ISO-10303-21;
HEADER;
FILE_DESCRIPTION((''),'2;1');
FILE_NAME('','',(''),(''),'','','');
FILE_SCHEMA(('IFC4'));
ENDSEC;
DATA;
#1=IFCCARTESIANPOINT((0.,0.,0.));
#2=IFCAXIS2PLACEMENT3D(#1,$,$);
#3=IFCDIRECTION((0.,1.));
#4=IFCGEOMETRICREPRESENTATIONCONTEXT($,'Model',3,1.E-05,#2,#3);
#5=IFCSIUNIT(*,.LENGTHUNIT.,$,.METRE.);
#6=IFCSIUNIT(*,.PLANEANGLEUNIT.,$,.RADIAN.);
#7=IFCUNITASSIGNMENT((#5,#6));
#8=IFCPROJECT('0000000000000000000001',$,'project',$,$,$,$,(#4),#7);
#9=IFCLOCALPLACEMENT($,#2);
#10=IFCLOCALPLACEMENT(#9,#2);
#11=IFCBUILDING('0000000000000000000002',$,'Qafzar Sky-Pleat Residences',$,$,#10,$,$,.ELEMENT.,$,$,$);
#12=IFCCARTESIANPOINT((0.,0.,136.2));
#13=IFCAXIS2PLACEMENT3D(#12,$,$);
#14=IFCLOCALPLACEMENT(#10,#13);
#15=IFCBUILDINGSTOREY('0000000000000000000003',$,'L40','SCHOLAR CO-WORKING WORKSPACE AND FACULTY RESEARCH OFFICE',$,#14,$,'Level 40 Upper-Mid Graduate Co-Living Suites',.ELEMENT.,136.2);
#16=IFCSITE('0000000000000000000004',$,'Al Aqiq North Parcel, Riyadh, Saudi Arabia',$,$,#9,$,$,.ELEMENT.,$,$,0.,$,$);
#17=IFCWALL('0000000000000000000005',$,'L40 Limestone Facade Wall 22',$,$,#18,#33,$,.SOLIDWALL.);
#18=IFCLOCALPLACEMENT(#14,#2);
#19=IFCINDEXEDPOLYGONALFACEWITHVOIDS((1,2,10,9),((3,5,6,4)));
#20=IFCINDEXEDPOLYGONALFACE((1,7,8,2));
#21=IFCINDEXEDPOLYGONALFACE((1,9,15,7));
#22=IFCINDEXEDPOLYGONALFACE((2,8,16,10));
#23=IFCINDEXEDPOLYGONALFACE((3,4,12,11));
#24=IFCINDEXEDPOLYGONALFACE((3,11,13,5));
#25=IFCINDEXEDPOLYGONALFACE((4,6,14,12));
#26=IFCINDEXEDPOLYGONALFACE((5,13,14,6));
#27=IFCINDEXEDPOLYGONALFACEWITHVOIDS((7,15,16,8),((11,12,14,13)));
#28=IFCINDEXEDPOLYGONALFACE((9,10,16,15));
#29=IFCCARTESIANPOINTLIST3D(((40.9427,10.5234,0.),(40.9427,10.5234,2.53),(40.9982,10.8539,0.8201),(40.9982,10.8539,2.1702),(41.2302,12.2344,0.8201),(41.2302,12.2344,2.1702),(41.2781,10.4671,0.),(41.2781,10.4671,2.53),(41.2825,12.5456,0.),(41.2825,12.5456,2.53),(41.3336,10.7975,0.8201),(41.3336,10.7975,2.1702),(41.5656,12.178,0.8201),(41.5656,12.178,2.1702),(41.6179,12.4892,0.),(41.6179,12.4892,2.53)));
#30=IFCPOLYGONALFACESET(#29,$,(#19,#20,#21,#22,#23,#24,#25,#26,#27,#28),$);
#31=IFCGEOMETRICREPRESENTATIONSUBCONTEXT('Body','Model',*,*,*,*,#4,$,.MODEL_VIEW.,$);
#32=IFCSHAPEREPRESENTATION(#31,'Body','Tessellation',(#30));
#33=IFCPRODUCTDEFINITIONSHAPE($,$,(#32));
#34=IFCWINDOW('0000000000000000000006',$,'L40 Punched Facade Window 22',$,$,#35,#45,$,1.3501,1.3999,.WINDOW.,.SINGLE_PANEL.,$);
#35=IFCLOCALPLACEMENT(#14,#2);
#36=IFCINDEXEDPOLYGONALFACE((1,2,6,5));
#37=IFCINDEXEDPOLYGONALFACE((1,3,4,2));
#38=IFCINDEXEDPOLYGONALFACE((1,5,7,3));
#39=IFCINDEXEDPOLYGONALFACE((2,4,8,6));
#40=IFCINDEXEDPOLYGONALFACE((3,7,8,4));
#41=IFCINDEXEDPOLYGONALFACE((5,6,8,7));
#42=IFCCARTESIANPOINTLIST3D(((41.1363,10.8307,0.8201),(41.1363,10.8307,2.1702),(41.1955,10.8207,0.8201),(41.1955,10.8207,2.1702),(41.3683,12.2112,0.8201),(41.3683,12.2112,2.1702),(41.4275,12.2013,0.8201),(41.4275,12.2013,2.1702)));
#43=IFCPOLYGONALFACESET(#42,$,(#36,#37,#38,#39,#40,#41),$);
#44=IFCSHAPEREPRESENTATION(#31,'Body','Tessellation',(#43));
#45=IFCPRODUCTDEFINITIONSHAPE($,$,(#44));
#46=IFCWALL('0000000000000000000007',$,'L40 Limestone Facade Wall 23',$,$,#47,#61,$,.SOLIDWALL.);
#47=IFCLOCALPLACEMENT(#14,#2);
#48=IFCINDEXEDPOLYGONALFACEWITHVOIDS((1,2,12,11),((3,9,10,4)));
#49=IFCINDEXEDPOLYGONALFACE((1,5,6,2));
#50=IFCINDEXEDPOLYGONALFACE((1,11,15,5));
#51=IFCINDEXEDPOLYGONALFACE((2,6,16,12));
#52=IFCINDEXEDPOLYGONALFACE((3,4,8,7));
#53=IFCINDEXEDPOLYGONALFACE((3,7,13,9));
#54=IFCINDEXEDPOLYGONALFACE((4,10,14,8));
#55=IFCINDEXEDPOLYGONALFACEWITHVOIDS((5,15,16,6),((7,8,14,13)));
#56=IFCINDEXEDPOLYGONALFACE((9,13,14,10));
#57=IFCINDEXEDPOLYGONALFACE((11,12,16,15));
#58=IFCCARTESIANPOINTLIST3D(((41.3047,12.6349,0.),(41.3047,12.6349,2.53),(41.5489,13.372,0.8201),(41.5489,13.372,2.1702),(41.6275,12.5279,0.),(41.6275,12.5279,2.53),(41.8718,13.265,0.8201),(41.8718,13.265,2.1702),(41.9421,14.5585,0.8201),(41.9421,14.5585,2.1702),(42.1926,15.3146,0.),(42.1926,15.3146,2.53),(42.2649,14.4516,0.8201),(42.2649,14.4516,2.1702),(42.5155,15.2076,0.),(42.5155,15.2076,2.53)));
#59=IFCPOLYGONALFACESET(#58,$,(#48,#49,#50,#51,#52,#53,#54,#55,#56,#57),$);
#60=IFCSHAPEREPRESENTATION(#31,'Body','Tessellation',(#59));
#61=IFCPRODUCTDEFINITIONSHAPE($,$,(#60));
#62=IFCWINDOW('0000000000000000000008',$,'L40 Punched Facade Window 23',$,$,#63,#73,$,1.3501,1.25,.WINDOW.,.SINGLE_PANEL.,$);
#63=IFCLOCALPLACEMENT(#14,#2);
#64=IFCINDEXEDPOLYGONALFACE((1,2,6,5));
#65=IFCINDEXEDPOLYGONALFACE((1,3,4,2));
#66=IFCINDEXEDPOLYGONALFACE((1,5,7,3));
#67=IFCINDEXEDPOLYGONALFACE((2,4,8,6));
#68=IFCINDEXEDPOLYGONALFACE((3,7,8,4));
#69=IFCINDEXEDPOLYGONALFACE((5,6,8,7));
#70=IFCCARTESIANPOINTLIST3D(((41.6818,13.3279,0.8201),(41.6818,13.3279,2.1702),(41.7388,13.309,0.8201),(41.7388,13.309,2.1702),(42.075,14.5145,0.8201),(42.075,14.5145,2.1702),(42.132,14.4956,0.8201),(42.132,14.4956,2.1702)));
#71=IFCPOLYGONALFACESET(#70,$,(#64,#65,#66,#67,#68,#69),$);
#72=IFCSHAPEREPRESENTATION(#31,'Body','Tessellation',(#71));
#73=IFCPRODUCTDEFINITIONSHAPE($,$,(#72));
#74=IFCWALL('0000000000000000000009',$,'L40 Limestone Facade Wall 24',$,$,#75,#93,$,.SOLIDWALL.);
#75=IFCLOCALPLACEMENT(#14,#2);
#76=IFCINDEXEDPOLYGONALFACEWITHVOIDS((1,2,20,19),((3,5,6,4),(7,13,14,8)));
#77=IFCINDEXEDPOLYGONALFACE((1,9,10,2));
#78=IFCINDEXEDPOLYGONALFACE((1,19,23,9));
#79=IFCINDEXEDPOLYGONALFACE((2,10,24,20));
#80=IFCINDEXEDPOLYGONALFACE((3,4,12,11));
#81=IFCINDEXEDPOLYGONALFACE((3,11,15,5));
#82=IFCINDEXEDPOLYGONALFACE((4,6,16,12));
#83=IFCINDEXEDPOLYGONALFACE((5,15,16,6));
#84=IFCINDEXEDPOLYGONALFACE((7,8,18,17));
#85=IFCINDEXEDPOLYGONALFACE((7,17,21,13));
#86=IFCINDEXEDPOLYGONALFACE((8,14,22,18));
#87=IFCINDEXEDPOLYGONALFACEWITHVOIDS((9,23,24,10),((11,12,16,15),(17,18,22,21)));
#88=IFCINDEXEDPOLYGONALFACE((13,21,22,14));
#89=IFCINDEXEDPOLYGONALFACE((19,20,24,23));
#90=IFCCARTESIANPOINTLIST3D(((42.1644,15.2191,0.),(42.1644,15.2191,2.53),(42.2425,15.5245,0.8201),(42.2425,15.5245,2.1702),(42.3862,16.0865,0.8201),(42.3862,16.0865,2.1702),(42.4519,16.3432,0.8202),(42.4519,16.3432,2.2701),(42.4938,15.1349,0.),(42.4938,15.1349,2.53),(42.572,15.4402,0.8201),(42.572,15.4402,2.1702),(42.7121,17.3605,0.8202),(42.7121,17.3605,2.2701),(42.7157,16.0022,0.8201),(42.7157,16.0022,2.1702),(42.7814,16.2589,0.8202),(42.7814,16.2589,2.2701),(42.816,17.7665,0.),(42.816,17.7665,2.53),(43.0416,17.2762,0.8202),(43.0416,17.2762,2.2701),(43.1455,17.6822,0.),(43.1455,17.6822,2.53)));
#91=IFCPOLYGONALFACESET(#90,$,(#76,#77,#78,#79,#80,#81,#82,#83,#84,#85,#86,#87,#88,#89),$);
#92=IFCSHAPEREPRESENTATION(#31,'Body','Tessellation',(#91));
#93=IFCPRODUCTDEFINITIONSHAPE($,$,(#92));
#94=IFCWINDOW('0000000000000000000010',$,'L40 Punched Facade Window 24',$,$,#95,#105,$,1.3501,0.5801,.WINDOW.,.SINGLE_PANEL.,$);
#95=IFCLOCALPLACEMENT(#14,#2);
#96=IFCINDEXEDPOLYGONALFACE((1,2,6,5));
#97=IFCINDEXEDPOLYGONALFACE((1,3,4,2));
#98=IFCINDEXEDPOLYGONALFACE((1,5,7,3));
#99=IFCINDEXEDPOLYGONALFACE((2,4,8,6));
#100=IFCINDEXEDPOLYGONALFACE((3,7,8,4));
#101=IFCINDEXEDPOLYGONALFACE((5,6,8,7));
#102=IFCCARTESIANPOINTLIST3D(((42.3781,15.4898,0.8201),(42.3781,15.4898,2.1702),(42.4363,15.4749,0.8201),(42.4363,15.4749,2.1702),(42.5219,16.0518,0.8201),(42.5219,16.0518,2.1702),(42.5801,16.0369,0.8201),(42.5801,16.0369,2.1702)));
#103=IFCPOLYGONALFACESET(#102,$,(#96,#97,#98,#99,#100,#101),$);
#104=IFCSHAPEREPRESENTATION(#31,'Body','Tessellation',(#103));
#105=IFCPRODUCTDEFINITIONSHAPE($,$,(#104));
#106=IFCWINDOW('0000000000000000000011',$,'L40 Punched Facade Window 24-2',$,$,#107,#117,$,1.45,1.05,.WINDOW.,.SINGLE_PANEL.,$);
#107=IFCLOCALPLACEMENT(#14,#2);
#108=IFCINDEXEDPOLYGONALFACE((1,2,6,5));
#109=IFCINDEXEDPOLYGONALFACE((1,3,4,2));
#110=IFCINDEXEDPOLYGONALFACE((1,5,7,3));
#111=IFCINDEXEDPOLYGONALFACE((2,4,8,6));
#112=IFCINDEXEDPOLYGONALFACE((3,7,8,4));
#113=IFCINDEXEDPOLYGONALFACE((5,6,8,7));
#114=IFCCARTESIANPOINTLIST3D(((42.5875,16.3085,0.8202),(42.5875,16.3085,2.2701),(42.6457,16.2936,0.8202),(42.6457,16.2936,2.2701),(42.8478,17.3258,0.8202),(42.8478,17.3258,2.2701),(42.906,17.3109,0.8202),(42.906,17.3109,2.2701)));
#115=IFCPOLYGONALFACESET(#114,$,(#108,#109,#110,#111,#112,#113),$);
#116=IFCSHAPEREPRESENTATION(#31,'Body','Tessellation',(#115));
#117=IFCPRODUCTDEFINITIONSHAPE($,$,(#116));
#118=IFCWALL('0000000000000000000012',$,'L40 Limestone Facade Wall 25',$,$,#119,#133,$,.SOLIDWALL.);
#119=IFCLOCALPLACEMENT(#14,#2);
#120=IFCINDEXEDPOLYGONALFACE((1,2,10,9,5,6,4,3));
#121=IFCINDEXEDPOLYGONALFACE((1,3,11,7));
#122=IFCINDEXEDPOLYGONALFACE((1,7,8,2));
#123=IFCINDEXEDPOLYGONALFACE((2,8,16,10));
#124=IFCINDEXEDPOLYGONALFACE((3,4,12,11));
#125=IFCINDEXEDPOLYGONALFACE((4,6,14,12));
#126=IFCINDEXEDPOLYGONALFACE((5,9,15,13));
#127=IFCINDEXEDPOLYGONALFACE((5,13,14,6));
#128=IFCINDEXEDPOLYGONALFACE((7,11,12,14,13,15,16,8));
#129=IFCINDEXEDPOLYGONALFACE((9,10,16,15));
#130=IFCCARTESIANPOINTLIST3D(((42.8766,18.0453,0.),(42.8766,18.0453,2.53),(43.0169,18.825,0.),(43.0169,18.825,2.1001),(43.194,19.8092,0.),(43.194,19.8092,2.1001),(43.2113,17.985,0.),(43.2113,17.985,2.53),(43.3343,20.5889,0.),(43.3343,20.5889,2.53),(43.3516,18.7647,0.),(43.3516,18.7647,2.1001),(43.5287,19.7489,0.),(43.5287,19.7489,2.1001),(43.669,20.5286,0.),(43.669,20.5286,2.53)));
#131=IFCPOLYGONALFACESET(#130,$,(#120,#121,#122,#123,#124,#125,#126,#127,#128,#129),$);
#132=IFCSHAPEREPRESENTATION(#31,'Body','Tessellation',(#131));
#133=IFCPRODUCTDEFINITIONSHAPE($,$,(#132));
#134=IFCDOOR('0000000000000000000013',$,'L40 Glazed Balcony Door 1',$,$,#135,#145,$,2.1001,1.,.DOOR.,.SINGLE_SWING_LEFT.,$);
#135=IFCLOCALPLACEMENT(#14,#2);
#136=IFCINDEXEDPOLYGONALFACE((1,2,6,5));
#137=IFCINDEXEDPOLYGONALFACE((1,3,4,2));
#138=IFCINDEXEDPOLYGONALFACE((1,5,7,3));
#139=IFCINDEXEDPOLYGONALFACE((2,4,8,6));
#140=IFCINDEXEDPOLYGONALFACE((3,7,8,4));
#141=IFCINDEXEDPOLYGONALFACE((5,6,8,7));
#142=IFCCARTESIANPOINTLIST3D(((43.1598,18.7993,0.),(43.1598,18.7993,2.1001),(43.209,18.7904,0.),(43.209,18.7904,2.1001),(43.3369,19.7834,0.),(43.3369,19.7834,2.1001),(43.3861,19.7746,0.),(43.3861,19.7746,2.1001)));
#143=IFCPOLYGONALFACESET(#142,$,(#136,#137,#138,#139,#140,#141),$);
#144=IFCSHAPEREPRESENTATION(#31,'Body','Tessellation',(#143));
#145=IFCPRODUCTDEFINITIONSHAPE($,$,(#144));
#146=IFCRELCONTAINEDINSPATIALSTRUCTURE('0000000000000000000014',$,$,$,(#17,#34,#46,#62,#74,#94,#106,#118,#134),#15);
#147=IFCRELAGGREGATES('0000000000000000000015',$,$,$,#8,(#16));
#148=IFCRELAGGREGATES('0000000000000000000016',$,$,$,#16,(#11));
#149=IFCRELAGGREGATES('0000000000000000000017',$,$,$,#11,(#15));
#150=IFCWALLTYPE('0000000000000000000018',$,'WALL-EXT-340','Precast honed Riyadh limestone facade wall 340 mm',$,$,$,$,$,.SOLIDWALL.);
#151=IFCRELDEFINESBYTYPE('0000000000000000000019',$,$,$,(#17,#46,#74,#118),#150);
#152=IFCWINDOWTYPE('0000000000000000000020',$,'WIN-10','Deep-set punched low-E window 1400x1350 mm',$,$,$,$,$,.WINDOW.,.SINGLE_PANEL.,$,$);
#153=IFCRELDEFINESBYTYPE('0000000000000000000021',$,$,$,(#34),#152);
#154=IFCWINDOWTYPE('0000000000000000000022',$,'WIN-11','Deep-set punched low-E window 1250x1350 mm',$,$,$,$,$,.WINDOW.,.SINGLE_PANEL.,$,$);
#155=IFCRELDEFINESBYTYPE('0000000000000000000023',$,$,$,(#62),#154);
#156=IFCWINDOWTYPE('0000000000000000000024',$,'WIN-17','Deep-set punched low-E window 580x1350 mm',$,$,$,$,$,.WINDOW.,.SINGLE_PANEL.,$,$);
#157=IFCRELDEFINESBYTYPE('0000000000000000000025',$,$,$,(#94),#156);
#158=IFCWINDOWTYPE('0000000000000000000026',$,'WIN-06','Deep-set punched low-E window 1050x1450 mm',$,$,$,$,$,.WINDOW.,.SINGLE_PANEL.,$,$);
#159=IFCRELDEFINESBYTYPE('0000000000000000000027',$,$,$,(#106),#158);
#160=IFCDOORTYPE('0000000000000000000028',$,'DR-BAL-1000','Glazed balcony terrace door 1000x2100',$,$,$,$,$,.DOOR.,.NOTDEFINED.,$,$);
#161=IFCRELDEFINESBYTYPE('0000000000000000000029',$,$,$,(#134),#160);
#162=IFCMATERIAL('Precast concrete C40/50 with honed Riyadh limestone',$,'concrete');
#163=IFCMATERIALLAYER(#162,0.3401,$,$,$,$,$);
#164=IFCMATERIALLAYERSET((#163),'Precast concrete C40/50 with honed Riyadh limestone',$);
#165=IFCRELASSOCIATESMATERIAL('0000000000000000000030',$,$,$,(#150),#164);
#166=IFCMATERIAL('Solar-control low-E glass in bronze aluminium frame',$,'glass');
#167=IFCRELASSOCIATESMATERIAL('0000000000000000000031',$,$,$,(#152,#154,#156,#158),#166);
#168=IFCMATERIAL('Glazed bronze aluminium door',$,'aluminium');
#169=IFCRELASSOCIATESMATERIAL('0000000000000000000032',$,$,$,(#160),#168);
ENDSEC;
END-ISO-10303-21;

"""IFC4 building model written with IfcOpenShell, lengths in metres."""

from ifc_helpers import new_model, si_unit, direction, frame, frame_2d, origin, place, context, subcontext, project, spatial, rectangle, extrude, source, transform, mapped, material, layer, layer_set, type_object, element, fill, save


model = new_model("IFC4")

# Units and contexts
model_context = context("Model", 3, precision=1e-05, world=origin(), true_north=direction((0.0, 1.0)))
body_context = subcontext(model_context, "Body", "Model", "MODEL_VIEW")
ifc_project = project(units=[si_unit("LENGTHUNIT", "METRE"), si_unit("PLANEANGLEUNIT", "RADIAN")], contexts=[model_context])

# Site, building, storey
site_placement = place(None, origin())
site = spatial("IfcSite", under=ifc_project, at=site_placement, Name="Al Aqiq North Parcel, Riyadh, Saudi Arabia", CompositionType="ELEMENT", RefElevation=0.0)
building_placement = place(site_placement, origin())
building = spatial("IfcBuilding", under=site, at=building_placement, Name="Qafzar Sky-Pleat Residences", CompositionType="ELEMENT")
storey_placement = place(building_placement, frame((0.0, 0.0, 136.2)))
storey = spatial("IfcBuildingStorey", under=building, at=storey_placement, Name="L40", Description="SCHOLAR CO-WORKING WORKSPACE AND FACULTY RESEARCH OFFICE", LongName="Level 40 Upper-Mid Graduate Co-Living Suites", CompositionType="ELEMENT", Elevation=136.2)

# Walls, openings, windows
ifc_material_1 = material(Name="Precast concrete C40/50 with honed Riyadh limestone", Category="concrete")
ifc_layer_1 = layer(ifc_material_1, 0.3401)
ifc_layer_set_1 = layer_set([ifc_layer_1], Name="Precast concrete C40/50 with honed Riyadh limestone")
wall_type = type_object("IfcWallType", Name="WALL-EXT-340", Description="Precast honed Riyadh limestone facade wall 340 mm", PredefinedType="SOLIDWALL", material=ifc_layer_set_1)
ifc_material_2 = material(Name="Solar-control low-E glass in bronze aluminium frame", Category="glass")
wall_1_placement = place(storey_placement, frame((41.1104, 10.4951, 0.0), z_axis=(0.0, 0.0, 1.0), x_axis=(0.165731, 0.986171, 0.0)))
wall_1 = element("IfcWall", 1, at=wall_1_placement, inside=storey, type_object=wall_type, Name="L40 Limestone Facade Wall 22", PredefinedType="SOLIDWALL", context=body_context, shape_type="SweptSolid", body=[
    extrude(rectangle(XDim=2.0505, YDim=0.3401, at=frame_2d((1.0254, 0.0))), origin(), (0.0, 0.0, 1.0), 2.53),
])
opening_1_placement = place(wall_1_placement, frame((0.3352, 0.0, 0.8201)))
opening_1 = element("IfcOpeningElement", 2, at=opening_1_placement, cuts=wall_1, PredefinedType="OPENING", context=body_context, shape_type="SweptSolid", body=[
    extrude(rectangle(XDim=1.3999, YDim=1.3501, at=frame_2d((0.7, 0.675))), frame((0.0, 0.1802, 0.0), z_axis=(0.0, -1.0, 0.0), x_axis=(1.0, 0.0, 0.0)), (0.0, 0.0, 1.0), 0.3601),
])
window_type_1 = type_object("IfcWindowType", Name="WIN-10", Description="Deep-set punched low-E window 1400x1350 mm", PartitioningType="SINGLE_PANEL", PredefinedType="WINDOW", material=ifc_material_2)
shared_shape_1 = source(origin(), body_context, "Body", "SweptSolid", [
    extrude(rectangle(XDim=1.3999, YDim=1.3501, at=frame_2d((0.7, 0.675))), frame((0.0, 0.03, 0.0), z_axis=(0.0, -1.0, 0.0), x_axis=(1.0, 0.0, 0.0)), (0.0, 0.0, 1.0), 0.0601),
])
window_1_placement = place(opening_1_placement, origin())
window_1 = element("IfcWindow", 3, at=window_1_placement, inside=storey, type_object=window_type_1, Name="L40 Punched Facade Window 22", OverallHeight=1.3501, OverallWidth=1.3999, PartitioningType="SINGLE_PANEL", PredefinedType="WINDOW", context=body_context, shape_type="MappedRepresentation", body=[
    mapped(shared_shape_1, transform((0.0, 0.0, 0.0), x_axis=(1.0, 0.0, 0.0), y_axis=(0.0, 1.0, 0.0), z_axis=(0.0, 0.0, 1.0), scale=1.0)),
])
fill(opening_1, window_1)
wall_2_placement = place(storey_placement, frame((41.4661, 12.5813, 0.0), z_axis=(0.0, 0.0, 1.0), x_axis=(0.314541, 0.949244, 0.0)))
wall_2 = element("IfcWall", 4, at=wall_2_placement, inside=storey, type_object=wall_type, Name="L40 Limestone Facade Wall 23", PredefinedType="SOLIDWALL", context=body_context, shape_type="SweptSolid", body=[
    extrude(rectangle(XDim=2.823, YDim=0.3401, at=frame_2d((1.4116, 0.0))), origin(), (0.0, 0.0, 1.0), 2.53),
])
opening_2_placement = place(wall_2_placement, frame((0.7766, 0.0, 0.8201)))
opening_2 = element("IfcOpeningElement", 5, at=opening_2_placement, cuts=wall_2, PredefinedType="OPENING", context=body_context, shape_type="SweptSolid", body=[
    extrude(rectangle(XDim=1.25, YDim=1.3501, at=frame_2d((0.625, 0.675))), frame((0.0, 0.1802, 0.0), z_axis=(0.0, -1.0, 0.0), x_axis=(1.0, 0.0, 0.0)), (0.0, 0.0, 1.0), 0.3601),
])
window_type_2 = type_object("IfcWindowType", Name="WIN-11", Description="Deep-set punched low-E window 1250x1350 mm", PartitioningType="SINGLE_PANEL", PredefinedType="WINDOW", material=ifc_material_2)
shared_shape_2 = source(origin(), body_context, "Body", "SweptSolid", [
    extrude(rectangle(XDim=1.25, YDim=1.3501, at=frame_2d((0.625, 0.675))), frame((0.0, 0.03, 0.0), z_axis=(0.0, -1.0, 0.0), x_axis=(1.0, 0.0, 0.0)), (0.0, 0.0, 1.0), 0.0601),
])
window_2_placement = place(opening_2_placement, origin())
window_2 = element("IfcWindow", 6, at=window_2_placement, inside=storey, type_object=window_type_2, Name="L40 Punched Facade Window 23", OverallHeight=1.3501, OverallWidth=1.25, PartitioningType="SINGLE_PANEL", PredefinedType="WINDOW", context=body_context, shape_type="MappedRepresentation", body=[
    mapped(shared_shape_2, transform((0.0, 0.0, 0.0), x_axis=(1.0, 0.0, 0.0), y_axis=(0.0, 1.0, 0.0), z_axis=(0.0, 0.0, 1.0), scale=1.0)),
])
fill(opening_2, window_2)

# Wall, openings, windows
wall_3_placement = place(storey_placement, frame((42.3291, 15.177, 0.0), z_axis=(0.0, 0.0, 1.0), x_axis=(0.247819, 0.968806, 0.0)))
wall_3 = element("IfcWall", 7, at=wall_3_placement, inside=storey, type_object=wall_type, Name="L40 Limestone Facade Wall 24", PredefinedType="SOLIDWALL", context=body_context, shape_type="SweptSolid", body=[
    extrude(rectangle(XDim=2.6294, YDim=0.3401, at=frame_2d((1.3147, 0.0))), origin(), (0.0, 0.0, 1.0), 2.53),
])
opening_3_placement = place(wall_3_placement, frame((0.3152, 0.0, 0.8201)))
opening_3 = element("IfcOpeningElement", 8, at=opening_3_placement, cuts=wall_3, PredefinedType="OPENING", context=body_context, shape_type="SweptSolid", body=[
    extrude(rectangle(XDim=0.5801, YDim=1.3501, at=frame_2d((0.29, 0.675))), frame((0.0, 0.1802, 0.0), z_axis=(0.0, -1.0, 0.0), x_axis=(1.0, 0.0, 0.0)), (0.0, 0.0, 1.0), 0.3601),
])
opening_4_placement = place(wall_3_placement, frame((1.1604, 0.0, 0.8201)))
opening_4 = element("IfcOpeningElement", 9, at=opening_4_placement, cuts=wall_3, PredefinedType="OPENING", context=body_context, shape_type="SweptSolid", body=[
    extrude(rectangle(XDim=1.05, YDim=1.45, at=frame_2d((0.5249, 0.7251))), frame((0.0, 0.1802, 0.0), z_axis=(0.0, -1.0, 0.0), x_axis=(1.0, 0.0, 0.0)), (0.0, 0.0, 1.0), 0.3601),
])
window_type_3 = type_object("IfcWindowType", Name="WIN-17", Description="Deep-set punched low-E window 580x1350 mm", PartitioningType="SINGLE_PANEL", PredefinedType="WINDOW", material=ifc_material_2)
shared_shape_3 = source(origin(), body_context, "Body", "SweptSolid", [
    extrude(rectangle(XDim=0.5801, YDim=1.3501, at=frame_2d((0.29, 0.675))), frame((0.0, 0.03, 0.0), z_axis=(0.0, -1.0, 0.0), x_axis=(1.0, 0.0, 0.0)), (0.0, 0.0, 1.0), 0.0601),
])
window_3_placement = place(opening_3_placement, origin())
window_3 = element("IfcWindow", 10, at=window_3_placement, inside=storey, type_object=window_type_3, Name="L40 Punched Facade Window 24", OverallHeight=1.3501, OverallWidth=0.5801, PartitioningType="SINGLE_PANEL", PredefinedType="WINDOW", context=body_context, shape_type="MappedRepresentation", body=[
    mapped(shared_shape_3, transform((0.0, 0.0, 0.0), x_axis=(1.0, 0.0, 0.0), y_axis=(0.0, 1.0, 0.0), z_axis=(0.0, 0.0, 1.0), scale=1.0)),
])
fill(opening_3, window_3)
window_type_4 = type_object("IfcWindowType", Name="WIN-06", Description="Deep-set punched low-E window 1050x1450 mm", PartitioningType="SINGLE_PANEL", PredefinedType="WINDOW", material=ifc_material_2)
shared_shape_4 = source(origin(), body_context, "Body", "SweptSolid", [
    extrude(rectangle(XDim=1.05, YDim=1.45, at=frame_2d((0.5249, 0.7251))), frame((0.0, 0.03, 0.0), z_axis=(0.0, -1.0, 0.0), x_axis=(1.0, 0.0, 0.0)), (0.0, 0.0, 1.0), 0.0601),
])
window_4_placement = place(opening_4_placement, origin())
window_4 = element("IfcWindow", 11, at=window_4_placement, inside=storey, type_object=window_type_4, Name="L40 Punched Facade Window 24-2", OverallHeight=1.45, OverallWidth=1.05, PartitioningType="SINGLE_PANEL", PredefinedType="WINDOW", context=body_context, shape_type="MappedRepresentation", body=[
    mapped(shared_shape_4, transform((0.0, 0.0, 0.0), x_axis=(1.0, 0.0, 0.0), y_axis=(0.0, 1.0, 0.0), z_axis=(0.0, 0.0, 1.0), scale=1.0)),
])
fill(opening_4, window_4)

# Wall, opening, door
wall_4_placement = place(storey_placement, frame((43.0439, 18.0151, 0.0), z_axis=(0.0, 0.0, 1.0), x_axis=(0.177115, 0.98419, 0.0)))
wall_4 = element("IfcWall", 12, at=wall_4_placement, inside=storey, type_object=wall_type, Name="L40 Limestone Facade Wall 25", PredefinedType="SOLIDWALL", context=body_context, shape_type="SweptSolid", body=[
    extrude(rectangle(XDim=2.5845, YDim=0.3401, at=frame_2d((1.2922, 0.0))), origin(), (0.0, 0.0, 1.0), 2.53),
])
opening_5_placement = place(wall_4_placement, frame((0.7922, 0.0, 0.0)))
opening_5 = element("IfcOpeningElement", 13, at=opening_5_placement, cuts=wall_4, PredefinedType="OPENING", context=body_context, shape_type="SweptSolid", body=[
    extrude(rectangle(XDim=1.0, YDim=2.1001, at=frame_2d((0.5, 1.05))), frame((0.0, 0.1802, 0.0), z_axis=(0.0, -1.0, 0.0), x_axis=(1.0, 0.0, 0.0)), (0.0, 0.0, 1.0), 0.3601),
])
ifc_material_3 = material(Name="Glazed bronze aluminium door", Category="aluminium")
door_type = type_object("IfcDoorType", Name="DR-BAL-1000", Description="Glazed balcony terrace door 1000x2100", OperationType="NOTDEFINED", PredefinedType="DOOR", material=ifc_material_3)
shared_shape_5 = source(origin(), body_context, "Body", "SweptSolid", [
    extrude(rectangle(XDim=1.0, YDim=2.1001, at=frame_2d((0.5, 1.05))), frame((0.0, 0.0249, 0.0), z_axis=(0.0, -1.0, 0.0), x_axis=(1.0, 0.0, 0.0)), (0.0, 0.0, 1.0), 0.05),
])
door_placement = place(opening_5_placement, origin())
door = element("IfcDoor", 14, at=door_placement, inside=storey, type_object=door_type, Name="L40 Glazed Balcony Door 1", OperationType="SINGLE_SWING_LEFT", OverallHeight=2.1001, OverallWidth=1.0, PredefinedType="DOOR", context=body_context, shape_type="MappedRepresentation", body=[
    mapped(shared_shape_5, transform((0.0, 0.0, 0.0), x_axis=(1.0, 0.0, 0.0), y_axis=(0.0, 1.0, 0.0), z_axis=(0.0, 0.0, 1.0), scale=1.0)),
])
fill(opening_5, door)

save(model, "model.ifc")
